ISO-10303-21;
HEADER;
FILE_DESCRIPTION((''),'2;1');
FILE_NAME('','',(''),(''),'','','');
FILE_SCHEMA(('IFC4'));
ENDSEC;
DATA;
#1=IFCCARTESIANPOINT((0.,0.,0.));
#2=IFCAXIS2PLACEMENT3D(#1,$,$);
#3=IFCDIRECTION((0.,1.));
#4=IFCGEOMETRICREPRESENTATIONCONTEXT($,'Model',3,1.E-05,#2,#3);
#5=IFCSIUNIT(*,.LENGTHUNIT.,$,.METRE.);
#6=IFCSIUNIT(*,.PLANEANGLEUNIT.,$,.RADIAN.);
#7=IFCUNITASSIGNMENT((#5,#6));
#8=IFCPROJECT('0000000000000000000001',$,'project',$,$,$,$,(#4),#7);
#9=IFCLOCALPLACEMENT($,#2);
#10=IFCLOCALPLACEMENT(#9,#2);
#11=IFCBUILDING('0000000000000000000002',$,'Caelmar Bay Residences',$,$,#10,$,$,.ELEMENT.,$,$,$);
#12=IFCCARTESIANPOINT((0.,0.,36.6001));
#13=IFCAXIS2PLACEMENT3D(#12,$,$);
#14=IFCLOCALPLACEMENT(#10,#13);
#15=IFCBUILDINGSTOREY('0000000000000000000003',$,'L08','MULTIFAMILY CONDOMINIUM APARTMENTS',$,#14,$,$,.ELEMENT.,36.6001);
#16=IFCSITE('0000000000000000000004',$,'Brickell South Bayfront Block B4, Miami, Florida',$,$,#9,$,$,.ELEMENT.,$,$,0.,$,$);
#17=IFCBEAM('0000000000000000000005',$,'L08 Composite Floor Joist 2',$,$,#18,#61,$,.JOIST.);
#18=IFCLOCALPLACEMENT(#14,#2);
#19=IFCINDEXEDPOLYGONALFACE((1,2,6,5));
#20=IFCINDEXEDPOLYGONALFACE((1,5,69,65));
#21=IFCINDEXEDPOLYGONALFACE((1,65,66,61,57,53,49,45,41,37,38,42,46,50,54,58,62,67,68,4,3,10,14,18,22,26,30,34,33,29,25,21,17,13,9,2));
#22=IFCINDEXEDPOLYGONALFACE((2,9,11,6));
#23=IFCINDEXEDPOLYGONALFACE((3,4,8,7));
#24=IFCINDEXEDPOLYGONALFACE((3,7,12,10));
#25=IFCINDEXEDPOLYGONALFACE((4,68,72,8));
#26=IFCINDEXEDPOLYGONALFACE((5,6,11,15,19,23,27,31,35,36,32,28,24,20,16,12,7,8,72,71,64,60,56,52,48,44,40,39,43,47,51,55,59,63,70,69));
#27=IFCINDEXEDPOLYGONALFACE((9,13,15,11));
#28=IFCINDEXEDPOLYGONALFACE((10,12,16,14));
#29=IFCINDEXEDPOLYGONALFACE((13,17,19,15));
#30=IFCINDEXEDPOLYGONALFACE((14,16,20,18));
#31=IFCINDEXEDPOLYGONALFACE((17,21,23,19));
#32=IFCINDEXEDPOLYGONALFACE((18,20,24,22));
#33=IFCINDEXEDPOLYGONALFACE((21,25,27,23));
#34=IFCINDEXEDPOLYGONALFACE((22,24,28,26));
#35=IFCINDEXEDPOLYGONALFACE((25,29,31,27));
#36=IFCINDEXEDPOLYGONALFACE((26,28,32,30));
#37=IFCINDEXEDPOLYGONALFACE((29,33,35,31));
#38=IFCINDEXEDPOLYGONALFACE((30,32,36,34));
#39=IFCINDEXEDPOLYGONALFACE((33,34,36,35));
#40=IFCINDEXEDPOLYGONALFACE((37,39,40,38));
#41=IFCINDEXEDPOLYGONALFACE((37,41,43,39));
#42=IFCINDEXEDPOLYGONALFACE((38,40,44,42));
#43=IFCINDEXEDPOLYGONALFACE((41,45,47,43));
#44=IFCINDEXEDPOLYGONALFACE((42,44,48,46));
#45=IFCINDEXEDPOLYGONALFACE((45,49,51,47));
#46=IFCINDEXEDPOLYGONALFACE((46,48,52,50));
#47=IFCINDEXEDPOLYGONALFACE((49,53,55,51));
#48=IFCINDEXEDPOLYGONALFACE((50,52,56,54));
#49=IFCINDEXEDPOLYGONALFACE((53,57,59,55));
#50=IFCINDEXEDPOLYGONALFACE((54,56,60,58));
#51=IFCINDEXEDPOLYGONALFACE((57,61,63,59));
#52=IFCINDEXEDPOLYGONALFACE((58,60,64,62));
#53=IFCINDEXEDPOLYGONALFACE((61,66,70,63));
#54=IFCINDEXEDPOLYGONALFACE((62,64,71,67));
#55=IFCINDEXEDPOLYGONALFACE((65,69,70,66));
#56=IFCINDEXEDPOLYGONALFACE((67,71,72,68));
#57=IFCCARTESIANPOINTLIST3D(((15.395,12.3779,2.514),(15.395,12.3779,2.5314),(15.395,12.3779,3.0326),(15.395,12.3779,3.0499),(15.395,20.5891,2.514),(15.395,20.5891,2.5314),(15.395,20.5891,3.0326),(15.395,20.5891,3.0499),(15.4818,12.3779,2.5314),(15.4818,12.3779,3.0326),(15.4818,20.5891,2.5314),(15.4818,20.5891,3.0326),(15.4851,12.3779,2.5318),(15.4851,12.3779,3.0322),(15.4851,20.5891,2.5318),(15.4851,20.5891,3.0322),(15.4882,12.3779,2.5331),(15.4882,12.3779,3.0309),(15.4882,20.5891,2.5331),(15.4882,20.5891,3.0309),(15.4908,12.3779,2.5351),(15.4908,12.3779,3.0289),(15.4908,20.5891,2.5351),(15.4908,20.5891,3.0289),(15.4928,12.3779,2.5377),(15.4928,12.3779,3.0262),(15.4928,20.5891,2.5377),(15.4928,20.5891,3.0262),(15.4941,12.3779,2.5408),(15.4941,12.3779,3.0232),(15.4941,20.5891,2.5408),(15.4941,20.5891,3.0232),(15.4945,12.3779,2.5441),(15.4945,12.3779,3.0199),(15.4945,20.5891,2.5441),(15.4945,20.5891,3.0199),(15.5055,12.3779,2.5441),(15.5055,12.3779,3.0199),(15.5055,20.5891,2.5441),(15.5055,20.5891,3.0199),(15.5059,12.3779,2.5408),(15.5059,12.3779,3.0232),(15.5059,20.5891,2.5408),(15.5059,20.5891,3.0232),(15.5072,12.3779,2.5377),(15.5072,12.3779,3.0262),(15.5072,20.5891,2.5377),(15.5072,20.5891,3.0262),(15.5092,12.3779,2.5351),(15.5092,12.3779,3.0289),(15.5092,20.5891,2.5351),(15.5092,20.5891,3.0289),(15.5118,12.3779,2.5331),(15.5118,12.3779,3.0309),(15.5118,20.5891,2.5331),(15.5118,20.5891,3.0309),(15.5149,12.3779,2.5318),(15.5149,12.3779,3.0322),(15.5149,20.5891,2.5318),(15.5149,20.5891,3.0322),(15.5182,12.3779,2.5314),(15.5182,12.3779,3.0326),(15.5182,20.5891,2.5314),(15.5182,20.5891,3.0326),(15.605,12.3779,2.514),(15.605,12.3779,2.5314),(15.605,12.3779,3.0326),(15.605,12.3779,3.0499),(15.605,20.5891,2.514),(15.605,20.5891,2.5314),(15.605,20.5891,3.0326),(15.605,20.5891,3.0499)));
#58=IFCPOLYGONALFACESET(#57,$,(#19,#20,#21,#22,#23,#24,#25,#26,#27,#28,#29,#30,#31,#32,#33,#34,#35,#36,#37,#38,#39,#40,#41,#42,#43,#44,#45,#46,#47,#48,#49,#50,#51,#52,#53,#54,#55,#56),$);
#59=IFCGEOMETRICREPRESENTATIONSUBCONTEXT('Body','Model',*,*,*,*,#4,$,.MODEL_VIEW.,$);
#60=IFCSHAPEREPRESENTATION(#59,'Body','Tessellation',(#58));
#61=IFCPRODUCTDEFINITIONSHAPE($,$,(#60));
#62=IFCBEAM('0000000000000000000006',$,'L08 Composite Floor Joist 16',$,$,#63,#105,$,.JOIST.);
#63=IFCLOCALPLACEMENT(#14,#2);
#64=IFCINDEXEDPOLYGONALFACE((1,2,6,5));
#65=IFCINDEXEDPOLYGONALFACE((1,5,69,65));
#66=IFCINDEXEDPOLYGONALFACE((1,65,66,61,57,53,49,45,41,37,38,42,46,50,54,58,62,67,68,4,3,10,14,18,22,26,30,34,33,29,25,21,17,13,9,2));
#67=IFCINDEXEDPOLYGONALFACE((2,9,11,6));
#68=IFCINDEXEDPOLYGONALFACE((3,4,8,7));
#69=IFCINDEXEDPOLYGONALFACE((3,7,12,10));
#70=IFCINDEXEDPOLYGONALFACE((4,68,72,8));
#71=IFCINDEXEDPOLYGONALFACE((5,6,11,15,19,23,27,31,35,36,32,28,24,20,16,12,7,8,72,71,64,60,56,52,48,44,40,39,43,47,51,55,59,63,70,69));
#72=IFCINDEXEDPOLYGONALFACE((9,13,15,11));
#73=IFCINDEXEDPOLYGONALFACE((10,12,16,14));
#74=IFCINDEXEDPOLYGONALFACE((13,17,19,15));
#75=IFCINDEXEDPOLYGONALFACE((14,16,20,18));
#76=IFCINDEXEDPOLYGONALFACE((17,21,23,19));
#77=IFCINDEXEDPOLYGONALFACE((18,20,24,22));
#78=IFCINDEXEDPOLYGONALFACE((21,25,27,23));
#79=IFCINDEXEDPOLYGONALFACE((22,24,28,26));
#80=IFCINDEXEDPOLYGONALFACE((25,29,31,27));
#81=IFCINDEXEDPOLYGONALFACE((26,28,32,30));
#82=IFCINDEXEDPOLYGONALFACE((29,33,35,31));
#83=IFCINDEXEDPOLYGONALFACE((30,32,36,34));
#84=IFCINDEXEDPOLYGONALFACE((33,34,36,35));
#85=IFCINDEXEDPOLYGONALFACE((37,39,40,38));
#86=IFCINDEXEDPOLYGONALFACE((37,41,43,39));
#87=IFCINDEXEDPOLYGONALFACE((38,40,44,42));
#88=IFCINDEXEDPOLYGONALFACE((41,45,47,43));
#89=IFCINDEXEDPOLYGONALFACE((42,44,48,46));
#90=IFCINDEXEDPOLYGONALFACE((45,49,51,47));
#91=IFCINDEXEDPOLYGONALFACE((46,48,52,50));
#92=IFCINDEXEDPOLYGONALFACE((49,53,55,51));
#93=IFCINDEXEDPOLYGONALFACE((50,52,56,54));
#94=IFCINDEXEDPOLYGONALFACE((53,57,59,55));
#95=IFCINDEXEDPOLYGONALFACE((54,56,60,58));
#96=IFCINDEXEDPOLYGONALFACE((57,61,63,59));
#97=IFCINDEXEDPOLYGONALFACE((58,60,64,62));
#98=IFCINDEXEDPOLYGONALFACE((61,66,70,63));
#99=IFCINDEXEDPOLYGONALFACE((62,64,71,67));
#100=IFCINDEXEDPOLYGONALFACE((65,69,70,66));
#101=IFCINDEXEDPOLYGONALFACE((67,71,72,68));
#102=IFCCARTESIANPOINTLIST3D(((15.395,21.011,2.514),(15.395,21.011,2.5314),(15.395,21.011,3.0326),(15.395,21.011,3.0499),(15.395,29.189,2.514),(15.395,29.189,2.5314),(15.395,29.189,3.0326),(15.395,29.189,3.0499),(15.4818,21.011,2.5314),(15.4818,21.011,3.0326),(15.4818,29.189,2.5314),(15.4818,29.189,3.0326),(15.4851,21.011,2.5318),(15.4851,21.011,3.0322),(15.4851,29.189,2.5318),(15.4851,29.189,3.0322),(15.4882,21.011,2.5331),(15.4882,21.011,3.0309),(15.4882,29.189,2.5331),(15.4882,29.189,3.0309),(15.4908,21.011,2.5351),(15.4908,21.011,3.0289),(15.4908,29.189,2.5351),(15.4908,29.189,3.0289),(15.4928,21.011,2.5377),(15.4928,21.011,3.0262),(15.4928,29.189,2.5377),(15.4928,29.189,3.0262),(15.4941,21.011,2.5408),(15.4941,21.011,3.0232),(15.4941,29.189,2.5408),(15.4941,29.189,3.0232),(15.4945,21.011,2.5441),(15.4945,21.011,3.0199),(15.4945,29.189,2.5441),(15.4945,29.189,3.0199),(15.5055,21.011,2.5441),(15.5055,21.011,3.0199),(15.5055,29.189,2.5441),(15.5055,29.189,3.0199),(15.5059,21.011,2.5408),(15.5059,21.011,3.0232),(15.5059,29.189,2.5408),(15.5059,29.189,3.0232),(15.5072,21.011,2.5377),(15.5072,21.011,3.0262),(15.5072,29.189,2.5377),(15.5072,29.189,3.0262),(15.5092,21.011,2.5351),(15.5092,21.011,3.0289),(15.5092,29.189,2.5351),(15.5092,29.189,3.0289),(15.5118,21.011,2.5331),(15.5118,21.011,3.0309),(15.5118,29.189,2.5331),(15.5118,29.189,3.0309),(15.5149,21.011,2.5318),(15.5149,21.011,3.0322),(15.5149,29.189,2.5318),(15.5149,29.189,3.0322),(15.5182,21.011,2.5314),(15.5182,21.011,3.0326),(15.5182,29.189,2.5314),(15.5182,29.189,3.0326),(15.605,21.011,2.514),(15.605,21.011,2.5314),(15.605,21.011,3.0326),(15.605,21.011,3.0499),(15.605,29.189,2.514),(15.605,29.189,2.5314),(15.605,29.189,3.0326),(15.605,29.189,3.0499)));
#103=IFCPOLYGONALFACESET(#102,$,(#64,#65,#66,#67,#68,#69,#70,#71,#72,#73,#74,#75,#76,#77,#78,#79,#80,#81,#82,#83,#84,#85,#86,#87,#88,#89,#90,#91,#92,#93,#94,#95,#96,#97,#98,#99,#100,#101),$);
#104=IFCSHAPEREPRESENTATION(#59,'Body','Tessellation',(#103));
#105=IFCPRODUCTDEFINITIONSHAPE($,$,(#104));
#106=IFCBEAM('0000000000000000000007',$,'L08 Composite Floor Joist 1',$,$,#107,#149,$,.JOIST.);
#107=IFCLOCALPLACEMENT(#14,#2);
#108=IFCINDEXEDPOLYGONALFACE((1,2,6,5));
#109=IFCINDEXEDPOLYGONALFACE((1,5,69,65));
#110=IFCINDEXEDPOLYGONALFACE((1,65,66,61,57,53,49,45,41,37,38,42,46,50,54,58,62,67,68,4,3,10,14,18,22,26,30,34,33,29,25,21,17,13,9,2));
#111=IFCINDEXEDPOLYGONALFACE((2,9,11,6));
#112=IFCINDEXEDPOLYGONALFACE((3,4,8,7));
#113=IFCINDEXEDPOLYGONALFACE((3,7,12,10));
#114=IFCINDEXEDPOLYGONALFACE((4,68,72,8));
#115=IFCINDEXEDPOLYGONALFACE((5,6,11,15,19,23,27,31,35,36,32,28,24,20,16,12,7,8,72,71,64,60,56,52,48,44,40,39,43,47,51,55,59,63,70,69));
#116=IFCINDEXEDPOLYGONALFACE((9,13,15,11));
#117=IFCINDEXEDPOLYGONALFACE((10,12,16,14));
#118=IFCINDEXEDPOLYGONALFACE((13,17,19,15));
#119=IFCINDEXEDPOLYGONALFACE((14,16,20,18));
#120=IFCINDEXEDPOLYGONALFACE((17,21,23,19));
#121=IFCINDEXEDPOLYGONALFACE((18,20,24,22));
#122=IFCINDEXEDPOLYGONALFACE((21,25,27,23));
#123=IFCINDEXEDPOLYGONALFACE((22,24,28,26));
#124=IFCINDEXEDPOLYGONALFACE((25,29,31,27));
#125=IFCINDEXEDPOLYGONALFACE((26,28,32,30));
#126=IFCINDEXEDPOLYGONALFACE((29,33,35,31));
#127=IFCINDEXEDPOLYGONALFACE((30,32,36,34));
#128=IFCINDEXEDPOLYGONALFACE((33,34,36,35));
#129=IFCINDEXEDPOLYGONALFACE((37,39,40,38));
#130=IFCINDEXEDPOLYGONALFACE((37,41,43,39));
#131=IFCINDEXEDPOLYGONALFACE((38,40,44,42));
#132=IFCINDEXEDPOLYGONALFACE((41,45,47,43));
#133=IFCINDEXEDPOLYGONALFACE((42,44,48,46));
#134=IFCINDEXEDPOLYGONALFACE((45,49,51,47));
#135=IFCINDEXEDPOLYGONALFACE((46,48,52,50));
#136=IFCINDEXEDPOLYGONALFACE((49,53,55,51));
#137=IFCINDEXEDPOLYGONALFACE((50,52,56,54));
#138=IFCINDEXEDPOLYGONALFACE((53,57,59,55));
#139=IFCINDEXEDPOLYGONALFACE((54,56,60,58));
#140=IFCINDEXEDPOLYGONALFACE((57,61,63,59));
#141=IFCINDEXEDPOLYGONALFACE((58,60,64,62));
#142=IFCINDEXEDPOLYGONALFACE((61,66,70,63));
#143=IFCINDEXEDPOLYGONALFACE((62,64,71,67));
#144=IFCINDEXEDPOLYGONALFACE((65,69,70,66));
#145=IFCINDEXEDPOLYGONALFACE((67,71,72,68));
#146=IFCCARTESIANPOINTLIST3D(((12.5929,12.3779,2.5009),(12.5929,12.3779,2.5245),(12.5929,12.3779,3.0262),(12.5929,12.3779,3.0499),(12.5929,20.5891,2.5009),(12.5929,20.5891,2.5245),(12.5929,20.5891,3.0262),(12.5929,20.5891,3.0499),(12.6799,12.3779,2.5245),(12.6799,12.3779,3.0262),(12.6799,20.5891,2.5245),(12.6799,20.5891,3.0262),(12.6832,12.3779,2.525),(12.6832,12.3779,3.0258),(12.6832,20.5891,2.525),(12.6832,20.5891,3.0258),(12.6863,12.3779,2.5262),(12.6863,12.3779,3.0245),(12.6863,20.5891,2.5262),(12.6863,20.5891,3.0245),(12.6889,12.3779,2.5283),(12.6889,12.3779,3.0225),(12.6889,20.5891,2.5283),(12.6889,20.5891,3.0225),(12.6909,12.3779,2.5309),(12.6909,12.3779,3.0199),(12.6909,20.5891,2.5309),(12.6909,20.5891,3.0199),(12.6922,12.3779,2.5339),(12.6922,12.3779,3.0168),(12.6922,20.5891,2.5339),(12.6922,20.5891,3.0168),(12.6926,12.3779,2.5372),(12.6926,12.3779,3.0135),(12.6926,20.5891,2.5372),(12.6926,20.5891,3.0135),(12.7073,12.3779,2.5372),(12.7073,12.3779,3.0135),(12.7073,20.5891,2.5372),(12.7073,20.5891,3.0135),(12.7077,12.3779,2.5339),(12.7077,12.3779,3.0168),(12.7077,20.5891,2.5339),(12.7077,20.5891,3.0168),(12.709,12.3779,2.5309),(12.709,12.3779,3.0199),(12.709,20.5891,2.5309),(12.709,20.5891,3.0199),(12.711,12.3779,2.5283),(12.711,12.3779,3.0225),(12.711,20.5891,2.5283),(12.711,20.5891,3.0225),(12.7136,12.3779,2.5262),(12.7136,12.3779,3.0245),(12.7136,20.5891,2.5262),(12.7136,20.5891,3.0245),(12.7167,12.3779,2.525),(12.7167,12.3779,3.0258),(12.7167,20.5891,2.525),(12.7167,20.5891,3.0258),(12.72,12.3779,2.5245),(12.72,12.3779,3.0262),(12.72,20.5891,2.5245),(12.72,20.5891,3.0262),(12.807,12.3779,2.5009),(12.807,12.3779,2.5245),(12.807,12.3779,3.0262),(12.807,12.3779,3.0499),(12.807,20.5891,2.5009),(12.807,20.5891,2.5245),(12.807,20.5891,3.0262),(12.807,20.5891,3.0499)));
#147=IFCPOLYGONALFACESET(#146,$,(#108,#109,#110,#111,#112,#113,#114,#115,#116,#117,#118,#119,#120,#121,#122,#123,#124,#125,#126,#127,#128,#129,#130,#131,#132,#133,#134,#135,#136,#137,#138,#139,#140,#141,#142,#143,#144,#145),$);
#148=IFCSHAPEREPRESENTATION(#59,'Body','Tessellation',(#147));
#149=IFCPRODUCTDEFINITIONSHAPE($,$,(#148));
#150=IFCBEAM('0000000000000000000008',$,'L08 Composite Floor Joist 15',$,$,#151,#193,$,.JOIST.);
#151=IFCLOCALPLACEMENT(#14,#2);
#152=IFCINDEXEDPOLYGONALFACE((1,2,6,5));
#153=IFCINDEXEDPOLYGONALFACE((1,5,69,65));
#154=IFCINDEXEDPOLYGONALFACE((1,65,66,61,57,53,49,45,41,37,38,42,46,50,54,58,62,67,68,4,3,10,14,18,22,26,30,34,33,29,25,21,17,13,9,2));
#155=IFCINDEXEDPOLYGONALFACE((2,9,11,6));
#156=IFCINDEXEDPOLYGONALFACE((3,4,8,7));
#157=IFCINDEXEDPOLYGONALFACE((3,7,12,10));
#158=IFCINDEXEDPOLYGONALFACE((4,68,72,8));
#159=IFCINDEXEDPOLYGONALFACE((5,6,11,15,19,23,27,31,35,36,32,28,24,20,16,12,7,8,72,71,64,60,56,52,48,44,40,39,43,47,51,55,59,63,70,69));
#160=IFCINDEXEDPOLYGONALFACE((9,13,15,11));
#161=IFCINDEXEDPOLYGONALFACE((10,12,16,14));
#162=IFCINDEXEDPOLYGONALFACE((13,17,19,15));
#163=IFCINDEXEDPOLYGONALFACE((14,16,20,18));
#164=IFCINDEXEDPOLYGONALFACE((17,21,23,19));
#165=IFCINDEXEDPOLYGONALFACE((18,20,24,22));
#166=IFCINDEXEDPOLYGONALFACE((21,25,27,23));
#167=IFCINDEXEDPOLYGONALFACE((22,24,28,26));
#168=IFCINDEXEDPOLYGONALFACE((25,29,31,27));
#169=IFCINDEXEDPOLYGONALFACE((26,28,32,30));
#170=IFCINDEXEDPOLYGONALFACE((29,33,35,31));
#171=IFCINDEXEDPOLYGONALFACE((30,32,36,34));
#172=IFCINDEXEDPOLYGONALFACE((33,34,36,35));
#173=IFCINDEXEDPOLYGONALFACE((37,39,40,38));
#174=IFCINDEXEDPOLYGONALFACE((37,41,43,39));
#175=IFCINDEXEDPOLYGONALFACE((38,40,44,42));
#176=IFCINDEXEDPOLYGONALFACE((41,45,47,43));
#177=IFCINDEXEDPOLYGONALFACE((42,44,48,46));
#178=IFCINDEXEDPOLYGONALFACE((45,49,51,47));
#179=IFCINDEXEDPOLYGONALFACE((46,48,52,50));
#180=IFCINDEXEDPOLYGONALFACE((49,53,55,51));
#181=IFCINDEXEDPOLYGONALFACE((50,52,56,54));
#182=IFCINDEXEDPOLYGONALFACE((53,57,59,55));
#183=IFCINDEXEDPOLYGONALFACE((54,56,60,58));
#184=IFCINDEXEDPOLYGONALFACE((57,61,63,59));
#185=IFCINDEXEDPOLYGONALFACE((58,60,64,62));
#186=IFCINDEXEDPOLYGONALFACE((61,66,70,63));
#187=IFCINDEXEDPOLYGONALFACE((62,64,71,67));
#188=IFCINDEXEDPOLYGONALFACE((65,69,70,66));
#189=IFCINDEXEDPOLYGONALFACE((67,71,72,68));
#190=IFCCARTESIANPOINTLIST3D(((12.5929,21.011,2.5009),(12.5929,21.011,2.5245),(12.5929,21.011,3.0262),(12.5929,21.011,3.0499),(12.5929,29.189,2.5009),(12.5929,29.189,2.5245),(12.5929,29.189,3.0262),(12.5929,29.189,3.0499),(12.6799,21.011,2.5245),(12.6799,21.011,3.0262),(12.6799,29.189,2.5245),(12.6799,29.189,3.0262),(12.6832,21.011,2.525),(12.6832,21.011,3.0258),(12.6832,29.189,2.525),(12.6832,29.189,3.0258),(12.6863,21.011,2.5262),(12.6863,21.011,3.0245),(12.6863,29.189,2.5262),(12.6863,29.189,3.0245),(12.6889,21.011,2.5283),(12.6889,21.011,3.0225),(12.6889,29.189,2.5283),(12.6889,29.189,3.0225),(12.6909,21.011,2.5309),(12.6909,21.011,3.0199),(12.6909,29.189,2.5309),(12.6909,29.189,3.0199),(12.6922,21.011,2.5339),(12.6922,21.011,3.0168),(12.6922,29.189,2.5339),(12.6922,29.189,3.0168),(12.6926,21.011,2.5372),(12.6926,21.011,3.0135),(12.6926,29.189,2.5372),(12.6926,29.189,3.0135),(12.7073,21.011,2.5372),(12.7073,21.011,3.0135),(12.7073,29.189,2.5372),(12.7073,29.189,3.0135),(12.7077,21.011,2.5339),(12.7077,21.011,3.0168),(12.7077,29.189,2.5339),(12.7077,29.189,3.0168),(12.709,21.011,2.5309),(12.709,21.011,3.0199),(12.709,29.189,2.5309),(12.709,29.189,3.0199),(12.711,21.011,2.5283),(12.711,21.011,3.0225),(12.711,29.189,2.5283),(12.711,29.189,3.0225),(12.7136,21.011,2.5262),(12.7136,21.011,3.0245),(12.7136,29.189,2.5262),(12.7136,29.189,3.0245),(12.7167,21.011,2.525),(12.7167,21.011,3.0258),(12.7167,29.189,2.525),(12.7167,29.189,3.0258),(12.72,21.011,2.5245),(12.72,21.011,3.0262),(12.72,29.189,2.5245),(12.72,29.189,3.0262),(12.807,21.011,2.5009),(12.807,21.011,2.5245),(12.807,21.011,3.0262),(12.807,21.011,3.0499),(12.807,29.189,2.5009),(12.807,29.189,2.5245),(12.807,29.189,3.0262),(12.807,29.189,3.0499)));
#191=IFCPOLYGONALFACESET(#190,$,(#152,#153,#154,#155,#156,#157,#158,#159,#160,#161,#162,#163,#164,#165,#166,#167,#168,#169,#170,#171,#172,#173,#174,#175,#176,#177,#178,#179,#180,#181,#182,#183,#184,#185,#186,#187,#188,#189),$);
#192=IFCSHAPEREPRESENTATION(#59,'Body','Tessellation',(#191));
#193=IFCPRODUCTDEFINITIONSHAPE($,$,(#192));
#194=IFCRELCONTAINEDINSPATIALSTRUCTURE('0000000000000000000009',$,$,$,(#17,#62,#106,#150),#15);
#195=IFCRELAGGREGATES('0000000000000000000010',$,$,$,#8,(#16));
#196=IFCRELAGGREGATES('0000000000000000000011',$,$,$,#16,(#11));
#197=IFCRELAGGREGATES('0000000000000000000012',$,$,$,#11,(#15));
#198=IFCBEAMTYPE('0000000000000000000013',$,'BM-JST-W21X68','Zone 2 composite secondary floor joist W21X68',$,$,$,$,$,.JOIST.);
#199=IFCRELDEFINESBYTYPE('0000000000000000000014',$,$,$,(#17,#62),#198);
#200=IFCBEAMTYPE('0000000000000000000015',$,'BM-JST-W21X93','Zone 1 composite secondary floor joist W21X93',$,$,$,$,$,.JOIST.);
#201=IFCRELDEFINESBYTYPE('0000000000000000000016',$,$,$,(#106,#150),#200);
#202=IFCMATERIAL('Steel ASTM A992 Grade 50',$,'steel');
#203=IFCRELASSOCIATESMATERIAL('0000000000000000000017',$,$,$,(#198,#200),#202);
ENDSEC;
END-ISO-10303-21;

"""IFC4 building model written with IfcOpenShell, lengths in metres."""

from ifc_helpers import new_model, si_unit, direction, frame, origin, origin_2d, place, context, subcontext, project, spatial, i_section, extrude, material, material_profile, profile_set, type_object, element, save


model = new_model("IFC4")

# Units and contexts
model_context = context("Model", 3, precision=1e-05, world=origin(), true_north=direction((0.0, 1.0)))
body_context = subcontext(model_context, "Body", "Model", "MODEL_VIEW")
ifc_project = project(units=[si_unit("LENGTHUNIT", "METRE"), si_unit("PLANEANGLEUNIT", "RADIAN")], contexts=[model_context])

# Site, building, storey
site_placement = place(None, origin())
site = spatial("IfcSite", under=ifc_project, at=site_placement, Name="Brickell South Bayfront Block B4, Miami, Florida", CompositionType="ELEMENT", RefElevation=0.0)
building_placement = place(site_placement, origin())
building = spatial("IfcBuilding", under=site, at=building_placement, Name="Caelmar Bay Residences", CompositionType="ELEMENT")
storey_placement = place(building_placement, frame((0.0, 0.0, 36.6001)))
storey = spatial("IfcBuildingStorey", under=building, at=storey_placement, Name="L08", Description="MULTIFAMILY CONDOMINIUM APARTMENTS", CompositionType="ELEMENT", Elevation=36.6001)

# Beams
ifc_material_1 = material(Name="Steel ASTM A992 Grade 50", Category="steel")
ifc_material_profile_1 = material_profile(ifc_material_1, i_section(OverallWidth=0.21, OverallDepth=0.5359, WebThickness=0.011, FlangeThickness=0.0173, FilletRadius=0.0127, at=origin_2d()), Name="W21X68")
ifc_profile_set_1 = profile_set([ifc_material_profile_1], Name="Steel ASTM A992 Grade 50")
beam_type_1 = type_object("IfcBeamType", Name="BM-JST-W21X68", Description="Zone 2 composite secondary floor joist W21X68", PredefinedType="JOIST", material=ifc_profile_set_1)
beam_1_placement = place(storey_placement, frame((15.5, 12.3779, 2.782), z_axis=(0.0, 1.0, 0.0), x_axis=(-1.0, 0.0, 0.0)))
element("IfcBeam", 1, at=beam_1_placement, inside=storey, type_object=beam_type_1, Name="L08 Composite Floor Joist 2", PredefinedType="JOIST", context=body_context, shape_type="SweptSolid", body=[
    extrude(i_section(OverallWidth=0.21, OverallDepth=0.5359, WebThickness=0.011, FlangeThickness=0.0173, FilletRadius=0.0127, at=origin_2d()), origin(), (0.0, 0.0, 1.0), 8.2112),
])
beam_2_placement = place(storey_placement, frame((15.5, 21.011, 2.782), z_axis=(0.0, 1.0, 0.0), x_axis=(-1.0, 0.0, 0.0)))
element("IfcBeam", 2, at=beam_2_placement, inside=storey, type_object=beam_type_1, Name="L08 Composite Floor Joist 16", PredefinedType="JOIST", context=body_context, shape_type="SweptSolid", body=[
    extrude(i_section(OverallWidth=0.21, OverallDepth=0.5359, WebThickness=0.011, FlangeThickness=0.0173, FilletRadius=0.0127, at=origin_2d()), origin(), (0.0, 0.0, 1.0), 8.178),
])
ifc_material_profile_2 = material_profile(ifc_material_1, i_section(OverallWidth=0.2141, OverallDepth=0.5491, WebThickness=0.0146, FlangeThickness=0.0237, FilletRadius=0.0127, at=origin_2d()), Name="W21X93")
ifc_profile_set_2 = profile_set([ifc_material_profile_2], Name="Steel ASTM A992 Grade 50")
beam_type_2 = type_object("IfcBeamType", Name="BM-JST-W21X93", Description="Zone 1 composite secondary floor joist W21X93", PredefinedType="JOIST", material=ifc_profile_set_2)
beam_3_placement = place(storey_placement, frame((12.7, 12.3779, 2.7754), z_axis=(0.0, 1.0, 0.0), x_axis=(-1.0, 0.0, 0.0)))
element("IfcBeam", 3, at=beam_3_placement, inside=storey, type_object=beam_type_2, Name="L08 Composite Floor Joist 1", PredefinedType="JOIST", context=body_context, shape_type="SweptSolid", body=[
    extrude(i_section(OverallWidth=0.2141, OverallDepth=0.5491, WebThickness=0.0146, FlangeThickness=0.0237, FilletRadius=0.0127, at=origin_2d()), origin(), (0.0, 0.0, 1.0), 8.2112),
])
beam_4_placement = place(storey_placement, frame((12.7, 21.011, 2.7754), z_axis=(0.0, 1.0, 0.0), x_axis=(-1.0, 0.0, 0.0)))
element("IfcBeam", 4, at=beam_4_placement, inside=storey, type_object=beam_type_2, Name="L08 Composite Floor Joist 15", PredefinedType="JOIST", context=body_context, shape_type="SweptSolid", body=[
    extrude(i_section(OverallWidth=0.2141, OverallDepth=0.5491, WebThickness=0.0146, FlangeThickness=0.0237, FilletRadius=0.0127, at=origin_2d()), origin(), (0.0, 0.0, 1.0), 8.178),
])

save(model, "model.ifc")
